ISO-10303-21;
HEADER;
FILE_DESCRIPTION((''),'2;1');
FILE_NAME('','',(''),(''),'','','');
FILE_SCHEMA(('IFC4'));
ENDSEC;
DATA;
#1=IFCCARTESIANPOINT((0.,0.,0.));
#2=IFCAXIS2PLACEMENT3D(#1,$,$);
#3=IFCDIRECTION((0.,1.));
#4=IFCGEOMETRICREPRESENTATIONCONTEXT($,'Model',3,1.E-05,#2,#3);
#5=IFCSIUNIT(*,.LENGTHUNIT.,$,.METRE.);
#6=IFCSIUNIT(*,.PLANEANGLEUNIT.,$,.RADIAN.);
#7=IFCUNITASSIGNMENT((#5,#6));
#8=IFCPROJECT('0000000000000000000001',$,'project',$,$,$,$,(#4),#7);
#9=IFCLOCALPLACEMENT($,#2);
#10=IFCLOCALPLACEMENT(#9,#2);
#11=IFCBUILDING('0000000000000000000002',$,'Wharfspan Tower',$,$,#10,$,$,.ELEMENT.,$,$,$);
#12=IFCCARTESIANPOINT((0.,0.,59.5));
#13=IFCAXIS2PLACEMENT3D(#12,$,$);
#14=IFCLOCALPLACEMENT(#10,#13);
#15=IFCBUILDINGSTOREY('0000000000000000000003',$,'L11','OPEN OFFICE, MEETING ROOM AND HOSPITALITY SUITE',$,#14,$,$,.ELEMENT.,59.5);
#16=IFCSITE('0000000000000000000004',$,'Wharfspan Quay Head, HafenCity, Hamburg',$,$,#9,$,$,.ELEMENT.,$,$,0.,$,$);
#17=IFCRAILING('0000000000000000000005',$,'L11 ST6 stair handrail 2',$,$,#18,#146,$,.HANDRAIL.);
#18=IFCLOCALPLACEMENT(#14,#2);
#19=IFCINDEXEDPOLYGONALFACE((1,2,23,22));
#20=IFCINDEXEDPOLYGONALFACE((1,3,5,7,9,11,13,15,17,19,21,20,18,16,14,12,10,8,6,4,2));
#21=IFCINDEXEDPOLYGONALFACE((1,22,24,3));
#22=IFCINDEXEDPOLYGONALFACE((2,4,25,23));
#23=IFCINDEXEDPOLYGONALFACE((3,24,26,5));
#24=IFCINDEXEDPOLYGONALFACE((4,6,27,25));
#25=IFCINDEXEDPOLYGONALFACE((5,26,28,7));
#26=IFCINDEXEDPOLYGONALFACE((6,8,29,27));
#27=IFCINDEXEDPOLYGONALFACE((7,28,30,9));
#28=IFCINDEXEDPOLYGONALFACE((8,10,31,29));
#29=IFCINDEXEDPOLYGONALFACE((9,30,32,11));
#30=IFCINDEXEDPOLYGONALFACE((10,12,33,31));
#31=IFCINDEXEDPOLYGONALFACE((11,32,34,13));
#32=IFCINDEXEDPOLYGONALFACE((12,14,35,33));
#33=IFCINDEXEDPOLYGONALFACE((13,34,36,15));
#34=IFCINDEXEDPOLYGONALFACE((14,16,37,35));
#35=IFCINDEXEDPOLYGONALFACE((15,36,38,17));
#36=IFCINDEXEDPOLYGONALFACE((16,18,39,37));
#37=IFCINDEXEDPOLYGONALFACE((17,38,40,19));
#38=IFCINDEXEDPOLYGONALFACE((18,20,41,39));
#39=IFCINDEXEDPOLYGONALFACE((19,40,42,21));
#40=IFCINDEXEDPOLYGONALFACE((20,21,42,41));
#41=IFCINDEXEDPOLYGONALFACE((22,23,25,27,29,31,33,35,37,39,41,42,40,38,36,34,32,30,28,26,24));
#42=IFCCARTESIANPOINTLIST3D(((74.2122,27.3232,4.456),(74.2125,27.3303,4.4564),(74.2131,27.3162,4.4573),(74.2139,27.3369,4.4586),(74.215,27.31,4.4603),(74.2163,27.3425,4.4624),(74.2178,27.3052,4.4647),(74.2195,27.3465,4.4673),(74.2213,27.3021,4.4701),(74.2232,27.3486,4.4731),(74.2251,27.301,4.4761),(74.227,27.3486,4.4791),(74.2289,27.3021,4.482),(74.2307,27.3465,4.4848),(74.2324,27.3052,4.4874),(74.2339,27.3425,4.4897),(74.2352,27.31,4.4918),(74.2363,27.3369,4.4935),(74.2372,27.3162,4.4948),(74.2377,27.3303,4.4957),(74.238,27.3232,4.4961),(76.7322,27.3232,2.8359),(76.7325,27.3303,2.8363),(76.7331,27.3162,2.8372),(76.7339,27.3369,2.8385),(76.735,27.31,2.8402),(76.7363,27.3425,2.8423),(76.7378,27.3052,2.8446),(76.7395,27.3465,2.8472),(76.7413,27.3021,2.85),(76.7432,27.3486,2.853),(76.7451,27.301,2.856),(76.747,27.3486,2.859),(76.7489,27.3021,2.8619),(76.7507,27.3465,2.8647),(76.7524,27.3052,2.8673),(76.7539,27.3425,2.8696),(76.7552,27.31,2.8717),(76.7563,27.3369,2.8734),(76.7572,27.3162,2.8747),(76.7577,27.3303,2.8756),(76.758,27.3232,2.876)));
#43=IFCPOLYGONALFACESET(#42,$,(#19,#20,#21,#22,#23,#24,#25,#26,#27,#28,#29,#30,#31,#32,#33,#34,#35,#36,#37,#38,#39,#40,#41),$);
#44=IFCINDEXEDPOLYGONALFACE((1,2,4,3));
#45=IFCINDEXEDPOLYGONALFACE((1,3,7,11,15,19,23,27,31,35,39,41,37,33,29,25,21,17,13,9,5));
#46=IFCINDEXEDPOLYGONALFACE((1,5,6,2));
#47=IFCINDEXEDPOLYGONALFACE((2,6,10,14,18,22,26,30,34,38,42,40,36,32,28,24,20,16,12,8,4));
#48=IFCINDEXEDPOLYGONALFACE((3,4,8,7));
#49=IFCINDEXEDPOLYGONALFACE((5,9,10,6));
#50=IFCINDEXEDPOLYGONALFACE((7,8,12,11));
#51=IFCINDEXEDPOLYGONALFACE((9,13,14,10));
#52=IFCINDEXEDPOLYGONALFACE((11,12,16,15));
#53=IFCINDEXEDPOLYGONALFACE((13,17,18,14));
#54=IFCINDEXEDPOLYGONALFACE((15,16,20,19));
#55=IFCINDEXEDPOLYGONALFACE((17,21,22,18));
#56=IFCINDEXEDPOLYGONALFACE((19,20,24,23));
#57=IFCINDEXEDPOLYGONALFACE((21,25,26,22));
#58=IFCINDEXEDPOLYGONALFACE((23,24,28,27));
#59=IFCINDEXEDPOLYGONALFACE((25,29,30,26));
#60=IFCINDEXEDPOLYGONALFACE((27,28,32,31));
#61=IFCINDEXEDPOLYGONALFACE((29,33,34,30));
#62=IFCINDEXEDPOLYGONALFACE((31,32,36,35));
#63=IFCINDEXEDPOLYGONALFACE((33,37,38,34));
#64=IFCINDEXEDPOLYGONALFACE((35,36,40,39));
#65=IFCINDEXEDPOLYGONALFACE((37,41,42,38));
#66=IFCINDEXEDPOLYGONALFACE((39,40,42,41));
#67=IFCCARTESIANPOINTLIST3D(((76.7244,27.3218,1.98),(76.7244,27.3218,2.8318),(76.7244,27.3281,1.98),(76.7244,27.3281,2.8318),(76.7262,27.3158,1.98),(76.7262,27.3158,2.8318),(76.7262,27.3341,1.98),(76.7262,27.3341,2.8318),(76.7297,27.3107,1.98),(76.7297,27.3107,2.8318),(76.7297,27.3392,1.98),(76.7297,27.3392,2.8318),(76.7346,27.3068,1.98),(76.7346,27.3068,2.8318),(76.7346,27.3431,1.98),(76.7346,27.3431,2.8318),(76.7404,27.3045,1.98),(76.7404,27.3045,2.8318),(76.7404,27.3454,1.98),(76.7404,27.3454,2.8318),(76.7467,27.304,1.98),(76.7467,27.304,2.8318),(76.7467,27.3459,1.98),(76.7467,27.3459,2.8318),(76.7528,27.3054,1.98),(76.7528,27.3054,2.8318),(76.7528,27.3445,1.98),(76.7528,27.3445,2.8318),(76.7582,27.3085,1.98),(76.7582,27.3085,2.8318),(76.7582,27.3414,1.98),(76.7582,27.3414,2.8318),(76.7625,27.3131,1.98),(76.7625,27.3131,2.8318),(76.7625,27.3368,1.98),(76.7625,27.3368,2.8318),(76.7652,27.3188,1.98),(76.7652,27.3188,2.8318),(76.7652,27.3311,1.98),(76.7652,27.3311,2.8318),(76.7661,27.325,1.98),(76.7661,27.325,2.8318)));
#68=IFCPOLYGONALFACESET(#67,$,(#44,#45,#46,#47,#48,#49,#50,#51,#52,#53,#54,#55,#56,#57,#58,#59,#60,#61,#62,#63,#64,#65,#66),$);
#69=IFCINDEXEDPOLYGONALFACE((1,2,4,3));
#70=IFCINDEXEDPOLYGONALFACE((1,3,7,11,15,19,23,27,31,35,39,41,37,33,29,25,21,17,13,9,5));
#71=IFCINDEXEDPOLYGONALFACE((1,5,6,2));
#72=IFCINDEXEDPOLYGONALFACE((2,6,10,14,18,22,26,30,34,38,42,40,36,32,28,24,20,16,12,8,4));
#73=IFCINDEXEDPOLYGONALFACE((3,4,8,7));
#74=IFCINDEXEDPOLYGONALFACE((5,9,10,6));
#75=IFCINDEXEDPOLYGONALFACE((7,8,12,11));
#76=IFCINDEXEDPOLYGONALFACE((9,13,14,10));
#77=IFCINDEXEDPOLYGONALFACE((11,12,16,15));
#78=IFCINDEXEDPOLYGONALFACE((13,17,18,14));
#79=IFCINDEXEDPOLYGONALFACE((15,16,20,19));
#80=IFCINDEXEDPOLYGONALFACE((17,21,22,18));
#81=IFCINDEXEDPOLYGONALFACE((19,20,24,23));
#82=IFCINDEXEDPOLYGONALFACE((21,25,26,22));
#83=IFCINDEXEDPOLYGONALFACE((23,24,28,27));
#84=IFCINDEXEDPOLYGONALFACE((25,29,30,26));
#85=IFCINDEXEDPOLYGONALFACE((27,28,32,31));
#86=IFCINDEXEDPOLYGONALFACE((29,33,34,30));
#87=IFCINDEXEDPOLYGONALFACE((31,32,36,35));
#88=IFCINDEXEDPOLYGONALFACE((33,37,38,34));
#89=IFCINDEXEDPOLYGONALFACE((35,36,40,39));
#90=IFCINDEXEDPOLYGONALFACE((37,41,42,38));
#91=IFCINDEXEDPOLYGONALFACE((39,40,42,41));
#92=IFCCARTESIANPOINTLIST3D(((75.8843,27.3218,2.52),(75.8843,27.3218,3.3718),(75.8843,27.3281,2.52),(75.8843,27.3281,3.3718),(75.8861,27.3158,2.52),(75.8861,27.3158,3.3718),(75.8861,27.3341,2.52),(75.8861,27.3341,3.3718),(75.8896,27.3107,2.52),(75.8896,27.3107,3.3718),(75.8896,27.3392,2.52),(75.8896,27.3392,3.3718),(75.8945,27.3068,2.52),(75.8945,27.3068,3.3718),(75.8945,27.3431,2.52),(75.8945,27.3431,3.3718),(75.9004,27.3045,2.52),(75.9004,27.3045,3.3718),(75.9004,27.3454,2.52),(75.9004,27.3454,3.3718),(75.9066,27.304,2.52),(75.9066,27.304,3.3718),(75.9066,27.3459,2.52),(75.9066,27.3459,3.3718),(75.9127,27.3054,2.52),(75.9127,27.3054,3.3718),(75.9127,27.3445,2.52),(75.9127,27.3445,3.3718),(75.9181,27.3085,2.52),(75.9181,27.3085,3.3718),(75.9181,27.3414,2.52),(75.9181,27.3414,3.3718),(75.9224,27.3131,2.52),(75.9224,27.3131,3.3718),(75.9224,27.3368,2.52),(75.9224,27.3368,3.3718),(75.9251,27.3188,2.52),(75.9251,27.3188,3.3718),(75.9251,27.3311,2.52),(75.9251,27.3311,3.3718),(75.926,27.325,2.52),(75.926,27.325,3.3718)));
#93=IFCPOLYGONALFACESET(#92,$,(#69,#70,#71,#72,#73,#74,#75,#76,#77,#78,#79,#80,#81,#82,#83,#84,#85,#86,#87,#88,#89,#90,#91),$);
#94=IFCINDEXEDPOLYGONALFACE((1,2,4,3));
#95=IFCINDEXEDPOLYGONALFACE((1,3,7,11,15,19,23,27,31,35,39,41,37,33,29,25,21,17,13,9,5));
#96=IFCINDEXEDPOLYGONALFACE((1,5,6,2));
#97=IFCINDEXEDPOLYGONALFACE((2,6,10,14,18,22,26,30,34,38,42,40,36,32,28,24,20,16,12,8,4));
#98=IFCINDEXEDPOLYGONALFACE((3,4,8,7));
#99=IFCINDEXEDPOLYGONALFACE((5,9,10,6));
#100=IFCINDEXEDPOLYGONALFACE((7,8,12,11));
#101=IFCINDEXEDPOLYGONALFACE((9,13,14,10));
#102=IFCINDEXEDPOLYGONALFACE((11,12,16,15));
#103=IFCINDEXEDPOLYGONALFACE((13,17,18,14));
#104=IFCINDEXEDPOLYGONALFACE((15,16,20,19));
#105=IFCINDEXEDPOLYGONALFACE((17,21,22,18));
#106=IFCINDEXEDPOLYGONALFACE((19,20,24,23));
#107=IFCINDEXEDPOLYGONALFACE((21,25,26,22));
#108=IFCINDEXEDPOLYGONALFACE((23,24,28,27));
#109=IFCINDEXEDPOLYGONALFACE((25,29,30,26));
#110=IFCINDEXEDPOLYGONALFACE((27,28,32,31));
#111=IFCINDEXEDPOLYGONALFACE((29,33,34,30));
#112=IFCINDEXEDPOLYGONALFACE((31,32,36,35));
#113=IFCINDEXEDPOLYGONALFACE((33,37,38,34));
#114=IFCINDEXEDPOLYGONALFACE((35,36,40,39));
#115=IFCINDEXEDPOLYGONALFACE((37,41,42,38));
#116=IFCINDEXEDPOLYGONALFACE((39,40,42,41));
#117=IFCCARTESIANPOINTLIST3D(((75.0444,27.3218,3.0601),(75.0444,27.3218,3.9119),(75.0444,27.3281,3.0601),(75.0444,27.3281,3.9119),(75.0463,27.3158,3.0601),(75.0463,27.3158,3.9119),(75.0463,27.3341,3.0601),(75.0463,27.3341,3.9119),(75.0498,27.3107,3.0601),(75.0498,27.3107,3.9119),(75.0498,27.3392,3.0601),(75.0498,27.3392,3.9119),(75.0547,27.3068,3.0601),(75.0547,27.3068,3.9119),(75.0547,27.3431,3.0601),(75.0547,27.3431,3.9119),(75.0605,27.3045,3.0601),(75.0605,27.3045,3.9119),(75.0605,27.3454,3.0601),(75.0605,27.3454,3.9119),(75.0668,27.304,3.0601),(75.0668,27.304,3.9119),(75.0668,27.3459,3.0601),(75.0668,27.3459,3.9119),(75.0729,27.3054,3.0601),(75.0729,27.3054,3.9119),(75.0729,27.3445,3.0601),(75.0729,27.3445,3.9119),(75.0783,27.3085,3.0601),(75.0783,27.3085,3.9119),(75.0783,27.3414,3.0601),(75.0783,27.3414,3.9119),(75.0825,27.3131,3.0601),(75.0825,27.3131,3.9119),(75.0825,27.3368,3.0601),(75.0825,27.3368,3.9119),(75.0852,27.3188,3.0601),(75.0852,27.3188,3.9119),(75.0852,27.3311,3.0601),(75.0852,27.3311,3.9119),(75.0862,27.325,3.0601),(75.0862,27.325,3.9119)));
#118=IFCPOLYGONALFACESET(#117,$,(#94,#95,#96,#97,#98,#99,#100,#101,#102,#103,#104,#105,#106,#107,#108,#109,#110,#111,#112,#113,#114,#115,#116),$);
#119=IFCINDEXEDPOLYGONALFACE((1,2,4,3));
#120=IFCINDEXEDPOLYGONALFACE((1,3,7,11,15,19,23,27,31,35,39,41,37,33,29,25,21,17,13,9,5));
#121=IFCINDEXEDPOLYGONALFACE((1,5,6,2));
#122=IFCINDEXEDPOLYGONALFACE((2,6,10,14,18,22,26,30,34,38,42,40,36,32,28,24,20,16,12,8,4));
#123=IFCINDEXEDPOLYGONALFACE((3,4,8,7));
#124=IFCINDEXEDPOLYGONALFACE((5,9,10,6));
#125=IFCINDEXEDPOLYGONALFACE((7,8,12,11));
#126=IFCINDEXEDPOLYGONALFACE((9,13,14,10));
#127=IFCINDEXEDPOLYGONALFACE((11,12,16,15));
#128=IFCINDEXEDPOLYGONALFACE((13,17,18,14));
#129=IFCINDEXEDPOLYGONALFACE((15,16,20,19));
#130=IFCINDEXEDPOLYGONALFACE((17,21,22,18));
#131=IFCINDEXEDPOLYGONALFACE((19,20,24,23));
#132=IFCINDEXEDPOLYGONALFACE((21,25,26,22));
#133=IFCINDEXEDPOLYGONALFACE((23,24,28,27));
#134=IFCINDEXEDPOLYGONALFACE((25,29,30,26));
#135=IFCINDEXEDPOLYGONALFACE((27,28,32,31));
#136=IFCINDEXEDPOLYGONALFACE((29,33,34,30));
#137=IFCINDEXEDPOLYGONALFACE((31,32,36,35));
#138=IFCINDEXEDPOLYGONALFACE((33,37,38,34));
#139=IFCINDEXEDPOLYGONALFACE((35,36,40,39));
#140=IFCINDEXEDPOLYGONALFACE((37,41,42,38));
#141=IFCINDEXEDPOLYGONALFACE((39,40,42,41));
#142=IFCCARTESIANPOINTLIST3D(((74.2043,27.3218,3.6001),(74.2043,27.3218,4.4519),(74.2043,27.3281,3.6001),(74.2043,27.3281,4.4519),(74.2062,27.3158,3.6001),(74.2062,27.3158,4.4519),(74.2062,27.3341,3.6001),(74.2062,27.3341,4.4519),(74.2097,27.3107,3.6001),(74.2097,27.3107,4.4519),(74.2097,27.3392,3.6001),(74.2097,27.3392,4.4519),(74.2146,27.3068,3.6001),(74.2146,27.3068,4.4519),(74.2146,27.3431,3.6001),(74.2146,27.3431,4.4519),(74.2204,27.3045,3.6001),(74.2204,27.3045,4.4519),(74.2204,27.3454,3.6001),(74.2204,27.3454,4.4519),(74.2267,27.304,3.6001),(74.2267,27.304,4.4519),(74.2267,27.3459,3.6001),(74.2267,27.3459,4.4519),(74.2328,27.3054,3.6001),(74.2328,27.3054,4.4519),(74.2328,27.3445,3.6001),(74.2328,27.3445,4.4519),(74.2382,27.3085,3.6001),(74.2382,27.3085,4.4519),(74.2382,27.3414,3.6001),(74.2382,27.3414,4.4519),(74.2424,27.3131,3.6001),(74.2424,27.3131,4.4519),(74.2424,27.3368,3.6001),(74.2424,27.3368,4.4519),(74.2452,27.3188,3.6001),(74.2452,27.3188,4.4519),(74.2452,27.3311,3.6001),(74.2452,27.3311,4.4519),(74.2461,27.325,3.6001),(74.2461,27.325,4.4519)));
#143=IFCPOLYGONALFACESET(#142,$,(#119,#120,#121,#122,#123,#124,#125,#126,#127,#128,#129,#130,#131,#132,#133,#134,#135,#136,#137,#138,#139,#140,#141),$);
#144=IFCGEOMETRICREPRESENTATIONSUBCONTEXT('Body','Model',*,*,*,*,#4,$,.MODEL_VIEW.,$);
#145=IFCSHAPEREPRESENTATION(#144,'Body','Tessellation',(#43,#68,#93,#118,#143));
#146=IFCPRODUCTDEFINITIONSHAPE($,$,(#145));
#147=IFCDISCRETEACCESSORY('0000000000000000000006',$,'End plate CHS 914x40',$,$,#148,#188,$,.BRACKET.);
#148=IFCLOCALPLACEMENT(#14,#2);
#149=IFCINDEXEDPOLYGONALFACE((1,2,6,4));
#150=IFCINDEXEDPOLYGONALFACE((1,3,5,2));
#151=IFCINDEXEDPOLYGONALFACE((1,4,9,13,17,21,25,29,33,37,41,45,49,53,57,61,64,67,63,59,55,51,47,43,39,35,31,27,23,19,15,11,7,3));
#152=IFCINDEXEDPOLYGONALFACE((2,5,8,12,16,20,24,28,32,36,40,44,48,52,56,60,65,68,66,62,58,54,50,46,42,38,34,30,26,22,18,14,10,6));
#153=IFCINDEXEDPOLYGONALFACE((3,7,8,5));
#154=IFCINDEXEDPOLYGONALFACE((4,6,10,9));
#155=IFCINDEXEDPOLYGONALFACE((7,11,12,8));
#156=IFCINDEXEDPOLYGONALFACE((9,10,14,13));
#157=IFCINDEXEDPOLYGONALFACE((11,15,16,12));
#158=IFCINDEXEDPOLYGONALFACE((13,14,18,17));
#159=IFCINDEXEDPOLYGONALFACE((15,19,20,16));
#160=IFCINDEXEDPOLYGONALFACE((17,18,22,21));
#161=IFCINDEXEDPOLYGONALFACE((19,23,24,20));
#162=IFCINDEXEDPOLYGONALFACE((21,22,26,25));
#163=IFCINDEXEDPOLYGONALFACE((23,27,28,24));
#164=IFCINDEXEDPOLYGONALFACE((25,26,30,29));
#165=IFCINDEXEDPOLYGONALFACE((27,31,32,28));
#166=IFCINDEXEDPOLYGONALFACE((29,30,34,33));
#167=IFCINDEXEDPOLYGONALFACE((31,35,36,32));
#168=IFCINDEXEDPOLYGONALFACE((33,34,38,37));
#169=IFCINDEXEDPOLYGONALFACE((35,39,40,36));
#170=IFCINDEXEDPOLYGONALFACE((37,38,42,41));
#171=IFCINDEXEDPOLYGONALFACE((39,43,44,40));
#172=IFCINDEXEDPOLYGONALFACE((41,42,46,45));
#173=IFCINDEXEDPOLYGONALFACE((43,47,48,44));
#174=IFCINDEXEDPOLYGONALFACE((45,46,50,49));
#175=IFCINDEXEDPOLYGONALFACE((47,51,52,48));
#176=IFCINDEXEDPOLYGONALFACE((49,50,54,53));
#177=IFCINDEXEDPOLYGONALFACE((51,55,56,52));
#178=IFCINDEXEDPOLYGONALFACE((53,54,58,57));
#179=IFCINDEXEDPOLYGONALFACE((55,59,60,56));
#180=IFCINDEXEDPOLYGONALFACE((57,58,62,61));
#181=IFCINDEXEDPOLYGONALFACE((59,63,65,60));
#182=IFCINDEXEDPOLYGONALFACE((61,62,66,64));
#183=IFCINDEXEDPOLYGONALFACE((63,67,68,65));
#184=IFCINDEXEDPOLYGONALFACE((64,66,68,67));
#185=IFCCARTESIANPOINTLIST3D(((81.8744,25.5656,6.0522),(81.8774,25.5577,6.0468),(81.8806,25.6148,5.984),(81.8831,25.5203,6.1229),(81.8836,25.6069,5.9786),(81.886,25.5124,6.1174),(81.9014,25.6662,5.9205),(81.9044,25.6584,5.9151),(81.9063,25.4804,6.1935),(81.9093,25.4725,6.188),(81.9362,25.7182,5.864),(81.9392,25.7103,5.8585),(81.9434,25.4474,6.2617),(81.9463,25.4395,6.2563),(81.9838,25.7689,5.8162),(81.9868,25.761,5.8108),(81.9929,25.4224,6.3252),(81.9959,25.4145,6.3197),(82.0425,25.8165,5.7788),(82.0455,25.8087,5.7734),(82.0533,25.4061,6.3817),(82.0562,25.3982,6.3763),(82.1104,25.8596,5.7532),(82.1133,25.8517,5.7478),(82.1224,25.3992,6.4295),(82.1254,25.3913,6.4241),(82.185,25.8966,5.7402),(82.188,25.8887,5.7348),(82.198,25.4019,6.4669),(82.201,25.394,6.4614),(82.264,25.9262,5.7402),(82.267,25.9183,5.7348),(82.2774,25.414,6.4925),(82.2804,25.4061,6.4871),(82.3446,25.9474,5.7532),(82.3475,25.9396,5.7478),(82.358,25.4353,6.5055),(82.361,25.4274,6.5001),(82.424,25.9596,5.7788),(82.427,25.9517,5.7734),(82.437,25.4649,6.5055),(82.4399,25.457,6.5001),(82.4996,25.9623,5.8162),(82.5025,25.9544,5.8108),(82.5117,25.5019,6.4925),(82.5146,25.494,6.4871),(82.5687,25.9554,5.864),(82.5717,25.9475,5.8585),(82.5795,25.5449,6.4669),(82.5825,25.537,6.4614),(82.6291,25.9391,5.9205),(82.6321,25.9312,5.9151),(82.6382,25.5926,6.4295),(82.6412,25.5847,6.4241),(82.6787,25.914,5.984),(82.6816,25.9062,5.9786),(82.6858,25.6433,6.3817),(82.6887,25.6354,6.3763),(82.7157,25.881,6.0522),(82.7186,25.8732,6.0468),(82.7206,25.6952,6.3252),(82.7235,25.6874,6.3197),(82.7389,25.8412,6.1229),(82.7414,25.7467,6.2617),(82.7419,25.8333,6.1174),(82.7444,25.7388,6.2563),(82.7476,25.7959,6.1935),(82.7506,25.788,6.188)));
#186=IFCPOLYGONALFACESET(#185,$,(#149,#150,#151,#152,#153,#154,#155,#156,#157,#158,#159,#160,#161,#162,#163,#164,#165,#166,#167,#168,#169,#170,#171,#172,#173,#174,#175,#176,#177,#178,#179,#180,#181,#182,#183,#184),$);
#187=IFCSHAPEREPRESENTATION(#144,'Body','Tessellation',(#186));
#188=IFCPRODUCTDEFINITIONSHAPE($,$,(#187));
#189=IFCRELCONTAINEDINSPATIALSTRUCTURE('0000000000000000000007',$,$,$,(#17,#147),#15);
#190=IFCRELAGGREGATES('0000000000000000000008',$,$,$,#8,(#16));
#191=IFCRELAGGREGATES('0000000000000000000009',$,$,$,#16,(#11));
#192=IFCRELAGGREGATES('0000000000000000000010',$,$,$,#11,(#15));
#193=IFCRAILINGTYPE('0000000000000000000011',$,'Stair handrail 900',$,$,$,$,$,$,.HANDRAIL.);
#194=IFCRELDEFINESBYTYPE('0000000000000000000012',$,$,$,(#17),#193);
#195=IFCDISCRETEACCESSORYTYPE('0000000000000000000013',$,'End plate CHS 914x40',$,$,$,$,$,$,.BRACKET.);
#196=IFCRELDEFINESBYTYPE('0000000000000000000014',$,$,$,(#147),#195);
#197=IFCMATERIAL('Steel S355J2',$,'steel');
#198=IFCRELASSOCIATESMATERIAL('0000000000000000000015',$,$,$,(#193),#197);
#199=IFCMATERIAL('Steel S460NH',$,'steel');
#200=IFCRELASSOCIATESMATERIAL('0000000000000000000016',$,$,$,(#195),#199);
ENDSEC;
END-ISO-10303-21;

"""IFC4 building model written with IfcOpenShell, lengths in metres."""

from ifc_helpers import new_model, si_unit, direction, frame, origin, origin_2d, place, context, subcontext, project, spatial, circle, extrude, material, material_profile, profile_set, type_object, element, save


model = new_model("IFC4")

# Units and contexts
model_context = context("Model", 3, precision=1e-05, world=origin(), true_north=direction((0.0, 1.0)))
body_context = subcontext(model_context, "Body", "Model", "MODEL_VIEW")
ifc_project = project(units=[si_unit("LENGTHUNIT", "METRE"), si_unit("PLANEANGLEUNIT", "RADIAN")], contexts=[model_context])

# Site, building, storey
site_placement = place(None, origin())
site = spatial("IfcSite", under=ifc_project, at=site_placement, Name="Wharfspan Quay Head, HafenCity, Hamburg", CompositionType="ELEMENT", RefElevation=0.0)
building_placement = place(site_placement, origin())
building = spatial("IfcBuilding", under=site, at=building_placement, Name="Wharfspan Tower", CompositionType="ELEMENT")
storey_placement = place(building_placement, frame((0.0, 0.0, 59.5)))
storey = spatial("IfcBuildingStorey", under=building, at=storey_placement, Name="L11", Description="OPEN OFFICE, MEETING ROOM AND HOSPITALITY SUITE", CompositionType="ELEMENT", Elevation=59.5)

# Shared definitions
ifc_material_1 = material(Name="Steel S355J2", Category="steel")

# Shared definitions
ifc_material_2 = material(Name="Steel S460NH", Category="steel")

# Railing
railing_type_1 = type_object("IfcRailingType", Name="Stair handrail 900", PredefinedType="HANDRAIL", material=ifc_material_1)
railing_1_placement = place(storey_placement, frame((76.7451, 27.325, 1.98)))
element("IfcRailing", 1, at=railing_1_placement, inside=storey, type_object=railing_type_1, Name="L11 ST6 stair handrail 2", PredefinedType="HANDRAIL", context=body_context, shape_type="SweptSolid", body=[
    extrude(circle(Radius=0.0239, at=origin_2d()), frame((0.0, 0.0, 0.876), z_axis=(-0.841163, 0.0, 0.540782), x_axis=(0.0, -1.0, 0.0)), (0.0, 0.0, 1.0), 2.9958),
    extrude(circle(Radius=0.021, at=origin_2d()), origin(), (0.0, 0.0, 1.0), 0.8518),
    extrude(circle(Radius=0.021, at=origin_2d()), frame((-0.8401, 0.0, 0.54)), (0.0, 0.0, 1.0), 0.8518),
    extrude(circle(Radius=0.021, at=origin_2d()), frame((-1.6799, 0.0, 1.0801)), (0.0, 0.0, 1.0), 0.8518),
    extrude(circle(Radius=0.021, at=origin_2d()), frame((-2.52, 0.0, 1.6201)), (0.0, 0.0, 1.0), 0.8518),
])

# Discrete accessory
ifc_material_profile_1 = material_profile(ifc_material_2, circle(Radius=0.457, at=origin_2d()))
ifc_profile_set_1 = profile_set([ifc_material_profile_1], Name="Steel S460NH")
discrete_accessory_type = type_object("IfcDiscreteAccessoryType", Name="End plate CHS 914x40", PredefinedType="BRACKET", material=ifc_profile_set_1)
for number, where, z_axis, x_axis, name in (
    (2, (82.314, 25.6729, 6.1174), (-0.295241, 0.787309, 0.541275), (-0.936333, -0.351125, 0.0), "End plate CHS 914x40"),
):
    element("IfcDiscreteAccessory", number, at=place(storey_placement, frame(where, z_axis=z_axis, x_axis=x_axis)), inside=storey, type_object=discrete_accessory_type, Name=name, PredefinedType="BRACKET", context=body_context, shape_type="SweptSolid", body=[
        extrude(circle(Radius=0.457, at=origin_2d()), origin(), (0.0, 0.0, 1.0), 0.01),
    ])

save(model, "model.ifc")
